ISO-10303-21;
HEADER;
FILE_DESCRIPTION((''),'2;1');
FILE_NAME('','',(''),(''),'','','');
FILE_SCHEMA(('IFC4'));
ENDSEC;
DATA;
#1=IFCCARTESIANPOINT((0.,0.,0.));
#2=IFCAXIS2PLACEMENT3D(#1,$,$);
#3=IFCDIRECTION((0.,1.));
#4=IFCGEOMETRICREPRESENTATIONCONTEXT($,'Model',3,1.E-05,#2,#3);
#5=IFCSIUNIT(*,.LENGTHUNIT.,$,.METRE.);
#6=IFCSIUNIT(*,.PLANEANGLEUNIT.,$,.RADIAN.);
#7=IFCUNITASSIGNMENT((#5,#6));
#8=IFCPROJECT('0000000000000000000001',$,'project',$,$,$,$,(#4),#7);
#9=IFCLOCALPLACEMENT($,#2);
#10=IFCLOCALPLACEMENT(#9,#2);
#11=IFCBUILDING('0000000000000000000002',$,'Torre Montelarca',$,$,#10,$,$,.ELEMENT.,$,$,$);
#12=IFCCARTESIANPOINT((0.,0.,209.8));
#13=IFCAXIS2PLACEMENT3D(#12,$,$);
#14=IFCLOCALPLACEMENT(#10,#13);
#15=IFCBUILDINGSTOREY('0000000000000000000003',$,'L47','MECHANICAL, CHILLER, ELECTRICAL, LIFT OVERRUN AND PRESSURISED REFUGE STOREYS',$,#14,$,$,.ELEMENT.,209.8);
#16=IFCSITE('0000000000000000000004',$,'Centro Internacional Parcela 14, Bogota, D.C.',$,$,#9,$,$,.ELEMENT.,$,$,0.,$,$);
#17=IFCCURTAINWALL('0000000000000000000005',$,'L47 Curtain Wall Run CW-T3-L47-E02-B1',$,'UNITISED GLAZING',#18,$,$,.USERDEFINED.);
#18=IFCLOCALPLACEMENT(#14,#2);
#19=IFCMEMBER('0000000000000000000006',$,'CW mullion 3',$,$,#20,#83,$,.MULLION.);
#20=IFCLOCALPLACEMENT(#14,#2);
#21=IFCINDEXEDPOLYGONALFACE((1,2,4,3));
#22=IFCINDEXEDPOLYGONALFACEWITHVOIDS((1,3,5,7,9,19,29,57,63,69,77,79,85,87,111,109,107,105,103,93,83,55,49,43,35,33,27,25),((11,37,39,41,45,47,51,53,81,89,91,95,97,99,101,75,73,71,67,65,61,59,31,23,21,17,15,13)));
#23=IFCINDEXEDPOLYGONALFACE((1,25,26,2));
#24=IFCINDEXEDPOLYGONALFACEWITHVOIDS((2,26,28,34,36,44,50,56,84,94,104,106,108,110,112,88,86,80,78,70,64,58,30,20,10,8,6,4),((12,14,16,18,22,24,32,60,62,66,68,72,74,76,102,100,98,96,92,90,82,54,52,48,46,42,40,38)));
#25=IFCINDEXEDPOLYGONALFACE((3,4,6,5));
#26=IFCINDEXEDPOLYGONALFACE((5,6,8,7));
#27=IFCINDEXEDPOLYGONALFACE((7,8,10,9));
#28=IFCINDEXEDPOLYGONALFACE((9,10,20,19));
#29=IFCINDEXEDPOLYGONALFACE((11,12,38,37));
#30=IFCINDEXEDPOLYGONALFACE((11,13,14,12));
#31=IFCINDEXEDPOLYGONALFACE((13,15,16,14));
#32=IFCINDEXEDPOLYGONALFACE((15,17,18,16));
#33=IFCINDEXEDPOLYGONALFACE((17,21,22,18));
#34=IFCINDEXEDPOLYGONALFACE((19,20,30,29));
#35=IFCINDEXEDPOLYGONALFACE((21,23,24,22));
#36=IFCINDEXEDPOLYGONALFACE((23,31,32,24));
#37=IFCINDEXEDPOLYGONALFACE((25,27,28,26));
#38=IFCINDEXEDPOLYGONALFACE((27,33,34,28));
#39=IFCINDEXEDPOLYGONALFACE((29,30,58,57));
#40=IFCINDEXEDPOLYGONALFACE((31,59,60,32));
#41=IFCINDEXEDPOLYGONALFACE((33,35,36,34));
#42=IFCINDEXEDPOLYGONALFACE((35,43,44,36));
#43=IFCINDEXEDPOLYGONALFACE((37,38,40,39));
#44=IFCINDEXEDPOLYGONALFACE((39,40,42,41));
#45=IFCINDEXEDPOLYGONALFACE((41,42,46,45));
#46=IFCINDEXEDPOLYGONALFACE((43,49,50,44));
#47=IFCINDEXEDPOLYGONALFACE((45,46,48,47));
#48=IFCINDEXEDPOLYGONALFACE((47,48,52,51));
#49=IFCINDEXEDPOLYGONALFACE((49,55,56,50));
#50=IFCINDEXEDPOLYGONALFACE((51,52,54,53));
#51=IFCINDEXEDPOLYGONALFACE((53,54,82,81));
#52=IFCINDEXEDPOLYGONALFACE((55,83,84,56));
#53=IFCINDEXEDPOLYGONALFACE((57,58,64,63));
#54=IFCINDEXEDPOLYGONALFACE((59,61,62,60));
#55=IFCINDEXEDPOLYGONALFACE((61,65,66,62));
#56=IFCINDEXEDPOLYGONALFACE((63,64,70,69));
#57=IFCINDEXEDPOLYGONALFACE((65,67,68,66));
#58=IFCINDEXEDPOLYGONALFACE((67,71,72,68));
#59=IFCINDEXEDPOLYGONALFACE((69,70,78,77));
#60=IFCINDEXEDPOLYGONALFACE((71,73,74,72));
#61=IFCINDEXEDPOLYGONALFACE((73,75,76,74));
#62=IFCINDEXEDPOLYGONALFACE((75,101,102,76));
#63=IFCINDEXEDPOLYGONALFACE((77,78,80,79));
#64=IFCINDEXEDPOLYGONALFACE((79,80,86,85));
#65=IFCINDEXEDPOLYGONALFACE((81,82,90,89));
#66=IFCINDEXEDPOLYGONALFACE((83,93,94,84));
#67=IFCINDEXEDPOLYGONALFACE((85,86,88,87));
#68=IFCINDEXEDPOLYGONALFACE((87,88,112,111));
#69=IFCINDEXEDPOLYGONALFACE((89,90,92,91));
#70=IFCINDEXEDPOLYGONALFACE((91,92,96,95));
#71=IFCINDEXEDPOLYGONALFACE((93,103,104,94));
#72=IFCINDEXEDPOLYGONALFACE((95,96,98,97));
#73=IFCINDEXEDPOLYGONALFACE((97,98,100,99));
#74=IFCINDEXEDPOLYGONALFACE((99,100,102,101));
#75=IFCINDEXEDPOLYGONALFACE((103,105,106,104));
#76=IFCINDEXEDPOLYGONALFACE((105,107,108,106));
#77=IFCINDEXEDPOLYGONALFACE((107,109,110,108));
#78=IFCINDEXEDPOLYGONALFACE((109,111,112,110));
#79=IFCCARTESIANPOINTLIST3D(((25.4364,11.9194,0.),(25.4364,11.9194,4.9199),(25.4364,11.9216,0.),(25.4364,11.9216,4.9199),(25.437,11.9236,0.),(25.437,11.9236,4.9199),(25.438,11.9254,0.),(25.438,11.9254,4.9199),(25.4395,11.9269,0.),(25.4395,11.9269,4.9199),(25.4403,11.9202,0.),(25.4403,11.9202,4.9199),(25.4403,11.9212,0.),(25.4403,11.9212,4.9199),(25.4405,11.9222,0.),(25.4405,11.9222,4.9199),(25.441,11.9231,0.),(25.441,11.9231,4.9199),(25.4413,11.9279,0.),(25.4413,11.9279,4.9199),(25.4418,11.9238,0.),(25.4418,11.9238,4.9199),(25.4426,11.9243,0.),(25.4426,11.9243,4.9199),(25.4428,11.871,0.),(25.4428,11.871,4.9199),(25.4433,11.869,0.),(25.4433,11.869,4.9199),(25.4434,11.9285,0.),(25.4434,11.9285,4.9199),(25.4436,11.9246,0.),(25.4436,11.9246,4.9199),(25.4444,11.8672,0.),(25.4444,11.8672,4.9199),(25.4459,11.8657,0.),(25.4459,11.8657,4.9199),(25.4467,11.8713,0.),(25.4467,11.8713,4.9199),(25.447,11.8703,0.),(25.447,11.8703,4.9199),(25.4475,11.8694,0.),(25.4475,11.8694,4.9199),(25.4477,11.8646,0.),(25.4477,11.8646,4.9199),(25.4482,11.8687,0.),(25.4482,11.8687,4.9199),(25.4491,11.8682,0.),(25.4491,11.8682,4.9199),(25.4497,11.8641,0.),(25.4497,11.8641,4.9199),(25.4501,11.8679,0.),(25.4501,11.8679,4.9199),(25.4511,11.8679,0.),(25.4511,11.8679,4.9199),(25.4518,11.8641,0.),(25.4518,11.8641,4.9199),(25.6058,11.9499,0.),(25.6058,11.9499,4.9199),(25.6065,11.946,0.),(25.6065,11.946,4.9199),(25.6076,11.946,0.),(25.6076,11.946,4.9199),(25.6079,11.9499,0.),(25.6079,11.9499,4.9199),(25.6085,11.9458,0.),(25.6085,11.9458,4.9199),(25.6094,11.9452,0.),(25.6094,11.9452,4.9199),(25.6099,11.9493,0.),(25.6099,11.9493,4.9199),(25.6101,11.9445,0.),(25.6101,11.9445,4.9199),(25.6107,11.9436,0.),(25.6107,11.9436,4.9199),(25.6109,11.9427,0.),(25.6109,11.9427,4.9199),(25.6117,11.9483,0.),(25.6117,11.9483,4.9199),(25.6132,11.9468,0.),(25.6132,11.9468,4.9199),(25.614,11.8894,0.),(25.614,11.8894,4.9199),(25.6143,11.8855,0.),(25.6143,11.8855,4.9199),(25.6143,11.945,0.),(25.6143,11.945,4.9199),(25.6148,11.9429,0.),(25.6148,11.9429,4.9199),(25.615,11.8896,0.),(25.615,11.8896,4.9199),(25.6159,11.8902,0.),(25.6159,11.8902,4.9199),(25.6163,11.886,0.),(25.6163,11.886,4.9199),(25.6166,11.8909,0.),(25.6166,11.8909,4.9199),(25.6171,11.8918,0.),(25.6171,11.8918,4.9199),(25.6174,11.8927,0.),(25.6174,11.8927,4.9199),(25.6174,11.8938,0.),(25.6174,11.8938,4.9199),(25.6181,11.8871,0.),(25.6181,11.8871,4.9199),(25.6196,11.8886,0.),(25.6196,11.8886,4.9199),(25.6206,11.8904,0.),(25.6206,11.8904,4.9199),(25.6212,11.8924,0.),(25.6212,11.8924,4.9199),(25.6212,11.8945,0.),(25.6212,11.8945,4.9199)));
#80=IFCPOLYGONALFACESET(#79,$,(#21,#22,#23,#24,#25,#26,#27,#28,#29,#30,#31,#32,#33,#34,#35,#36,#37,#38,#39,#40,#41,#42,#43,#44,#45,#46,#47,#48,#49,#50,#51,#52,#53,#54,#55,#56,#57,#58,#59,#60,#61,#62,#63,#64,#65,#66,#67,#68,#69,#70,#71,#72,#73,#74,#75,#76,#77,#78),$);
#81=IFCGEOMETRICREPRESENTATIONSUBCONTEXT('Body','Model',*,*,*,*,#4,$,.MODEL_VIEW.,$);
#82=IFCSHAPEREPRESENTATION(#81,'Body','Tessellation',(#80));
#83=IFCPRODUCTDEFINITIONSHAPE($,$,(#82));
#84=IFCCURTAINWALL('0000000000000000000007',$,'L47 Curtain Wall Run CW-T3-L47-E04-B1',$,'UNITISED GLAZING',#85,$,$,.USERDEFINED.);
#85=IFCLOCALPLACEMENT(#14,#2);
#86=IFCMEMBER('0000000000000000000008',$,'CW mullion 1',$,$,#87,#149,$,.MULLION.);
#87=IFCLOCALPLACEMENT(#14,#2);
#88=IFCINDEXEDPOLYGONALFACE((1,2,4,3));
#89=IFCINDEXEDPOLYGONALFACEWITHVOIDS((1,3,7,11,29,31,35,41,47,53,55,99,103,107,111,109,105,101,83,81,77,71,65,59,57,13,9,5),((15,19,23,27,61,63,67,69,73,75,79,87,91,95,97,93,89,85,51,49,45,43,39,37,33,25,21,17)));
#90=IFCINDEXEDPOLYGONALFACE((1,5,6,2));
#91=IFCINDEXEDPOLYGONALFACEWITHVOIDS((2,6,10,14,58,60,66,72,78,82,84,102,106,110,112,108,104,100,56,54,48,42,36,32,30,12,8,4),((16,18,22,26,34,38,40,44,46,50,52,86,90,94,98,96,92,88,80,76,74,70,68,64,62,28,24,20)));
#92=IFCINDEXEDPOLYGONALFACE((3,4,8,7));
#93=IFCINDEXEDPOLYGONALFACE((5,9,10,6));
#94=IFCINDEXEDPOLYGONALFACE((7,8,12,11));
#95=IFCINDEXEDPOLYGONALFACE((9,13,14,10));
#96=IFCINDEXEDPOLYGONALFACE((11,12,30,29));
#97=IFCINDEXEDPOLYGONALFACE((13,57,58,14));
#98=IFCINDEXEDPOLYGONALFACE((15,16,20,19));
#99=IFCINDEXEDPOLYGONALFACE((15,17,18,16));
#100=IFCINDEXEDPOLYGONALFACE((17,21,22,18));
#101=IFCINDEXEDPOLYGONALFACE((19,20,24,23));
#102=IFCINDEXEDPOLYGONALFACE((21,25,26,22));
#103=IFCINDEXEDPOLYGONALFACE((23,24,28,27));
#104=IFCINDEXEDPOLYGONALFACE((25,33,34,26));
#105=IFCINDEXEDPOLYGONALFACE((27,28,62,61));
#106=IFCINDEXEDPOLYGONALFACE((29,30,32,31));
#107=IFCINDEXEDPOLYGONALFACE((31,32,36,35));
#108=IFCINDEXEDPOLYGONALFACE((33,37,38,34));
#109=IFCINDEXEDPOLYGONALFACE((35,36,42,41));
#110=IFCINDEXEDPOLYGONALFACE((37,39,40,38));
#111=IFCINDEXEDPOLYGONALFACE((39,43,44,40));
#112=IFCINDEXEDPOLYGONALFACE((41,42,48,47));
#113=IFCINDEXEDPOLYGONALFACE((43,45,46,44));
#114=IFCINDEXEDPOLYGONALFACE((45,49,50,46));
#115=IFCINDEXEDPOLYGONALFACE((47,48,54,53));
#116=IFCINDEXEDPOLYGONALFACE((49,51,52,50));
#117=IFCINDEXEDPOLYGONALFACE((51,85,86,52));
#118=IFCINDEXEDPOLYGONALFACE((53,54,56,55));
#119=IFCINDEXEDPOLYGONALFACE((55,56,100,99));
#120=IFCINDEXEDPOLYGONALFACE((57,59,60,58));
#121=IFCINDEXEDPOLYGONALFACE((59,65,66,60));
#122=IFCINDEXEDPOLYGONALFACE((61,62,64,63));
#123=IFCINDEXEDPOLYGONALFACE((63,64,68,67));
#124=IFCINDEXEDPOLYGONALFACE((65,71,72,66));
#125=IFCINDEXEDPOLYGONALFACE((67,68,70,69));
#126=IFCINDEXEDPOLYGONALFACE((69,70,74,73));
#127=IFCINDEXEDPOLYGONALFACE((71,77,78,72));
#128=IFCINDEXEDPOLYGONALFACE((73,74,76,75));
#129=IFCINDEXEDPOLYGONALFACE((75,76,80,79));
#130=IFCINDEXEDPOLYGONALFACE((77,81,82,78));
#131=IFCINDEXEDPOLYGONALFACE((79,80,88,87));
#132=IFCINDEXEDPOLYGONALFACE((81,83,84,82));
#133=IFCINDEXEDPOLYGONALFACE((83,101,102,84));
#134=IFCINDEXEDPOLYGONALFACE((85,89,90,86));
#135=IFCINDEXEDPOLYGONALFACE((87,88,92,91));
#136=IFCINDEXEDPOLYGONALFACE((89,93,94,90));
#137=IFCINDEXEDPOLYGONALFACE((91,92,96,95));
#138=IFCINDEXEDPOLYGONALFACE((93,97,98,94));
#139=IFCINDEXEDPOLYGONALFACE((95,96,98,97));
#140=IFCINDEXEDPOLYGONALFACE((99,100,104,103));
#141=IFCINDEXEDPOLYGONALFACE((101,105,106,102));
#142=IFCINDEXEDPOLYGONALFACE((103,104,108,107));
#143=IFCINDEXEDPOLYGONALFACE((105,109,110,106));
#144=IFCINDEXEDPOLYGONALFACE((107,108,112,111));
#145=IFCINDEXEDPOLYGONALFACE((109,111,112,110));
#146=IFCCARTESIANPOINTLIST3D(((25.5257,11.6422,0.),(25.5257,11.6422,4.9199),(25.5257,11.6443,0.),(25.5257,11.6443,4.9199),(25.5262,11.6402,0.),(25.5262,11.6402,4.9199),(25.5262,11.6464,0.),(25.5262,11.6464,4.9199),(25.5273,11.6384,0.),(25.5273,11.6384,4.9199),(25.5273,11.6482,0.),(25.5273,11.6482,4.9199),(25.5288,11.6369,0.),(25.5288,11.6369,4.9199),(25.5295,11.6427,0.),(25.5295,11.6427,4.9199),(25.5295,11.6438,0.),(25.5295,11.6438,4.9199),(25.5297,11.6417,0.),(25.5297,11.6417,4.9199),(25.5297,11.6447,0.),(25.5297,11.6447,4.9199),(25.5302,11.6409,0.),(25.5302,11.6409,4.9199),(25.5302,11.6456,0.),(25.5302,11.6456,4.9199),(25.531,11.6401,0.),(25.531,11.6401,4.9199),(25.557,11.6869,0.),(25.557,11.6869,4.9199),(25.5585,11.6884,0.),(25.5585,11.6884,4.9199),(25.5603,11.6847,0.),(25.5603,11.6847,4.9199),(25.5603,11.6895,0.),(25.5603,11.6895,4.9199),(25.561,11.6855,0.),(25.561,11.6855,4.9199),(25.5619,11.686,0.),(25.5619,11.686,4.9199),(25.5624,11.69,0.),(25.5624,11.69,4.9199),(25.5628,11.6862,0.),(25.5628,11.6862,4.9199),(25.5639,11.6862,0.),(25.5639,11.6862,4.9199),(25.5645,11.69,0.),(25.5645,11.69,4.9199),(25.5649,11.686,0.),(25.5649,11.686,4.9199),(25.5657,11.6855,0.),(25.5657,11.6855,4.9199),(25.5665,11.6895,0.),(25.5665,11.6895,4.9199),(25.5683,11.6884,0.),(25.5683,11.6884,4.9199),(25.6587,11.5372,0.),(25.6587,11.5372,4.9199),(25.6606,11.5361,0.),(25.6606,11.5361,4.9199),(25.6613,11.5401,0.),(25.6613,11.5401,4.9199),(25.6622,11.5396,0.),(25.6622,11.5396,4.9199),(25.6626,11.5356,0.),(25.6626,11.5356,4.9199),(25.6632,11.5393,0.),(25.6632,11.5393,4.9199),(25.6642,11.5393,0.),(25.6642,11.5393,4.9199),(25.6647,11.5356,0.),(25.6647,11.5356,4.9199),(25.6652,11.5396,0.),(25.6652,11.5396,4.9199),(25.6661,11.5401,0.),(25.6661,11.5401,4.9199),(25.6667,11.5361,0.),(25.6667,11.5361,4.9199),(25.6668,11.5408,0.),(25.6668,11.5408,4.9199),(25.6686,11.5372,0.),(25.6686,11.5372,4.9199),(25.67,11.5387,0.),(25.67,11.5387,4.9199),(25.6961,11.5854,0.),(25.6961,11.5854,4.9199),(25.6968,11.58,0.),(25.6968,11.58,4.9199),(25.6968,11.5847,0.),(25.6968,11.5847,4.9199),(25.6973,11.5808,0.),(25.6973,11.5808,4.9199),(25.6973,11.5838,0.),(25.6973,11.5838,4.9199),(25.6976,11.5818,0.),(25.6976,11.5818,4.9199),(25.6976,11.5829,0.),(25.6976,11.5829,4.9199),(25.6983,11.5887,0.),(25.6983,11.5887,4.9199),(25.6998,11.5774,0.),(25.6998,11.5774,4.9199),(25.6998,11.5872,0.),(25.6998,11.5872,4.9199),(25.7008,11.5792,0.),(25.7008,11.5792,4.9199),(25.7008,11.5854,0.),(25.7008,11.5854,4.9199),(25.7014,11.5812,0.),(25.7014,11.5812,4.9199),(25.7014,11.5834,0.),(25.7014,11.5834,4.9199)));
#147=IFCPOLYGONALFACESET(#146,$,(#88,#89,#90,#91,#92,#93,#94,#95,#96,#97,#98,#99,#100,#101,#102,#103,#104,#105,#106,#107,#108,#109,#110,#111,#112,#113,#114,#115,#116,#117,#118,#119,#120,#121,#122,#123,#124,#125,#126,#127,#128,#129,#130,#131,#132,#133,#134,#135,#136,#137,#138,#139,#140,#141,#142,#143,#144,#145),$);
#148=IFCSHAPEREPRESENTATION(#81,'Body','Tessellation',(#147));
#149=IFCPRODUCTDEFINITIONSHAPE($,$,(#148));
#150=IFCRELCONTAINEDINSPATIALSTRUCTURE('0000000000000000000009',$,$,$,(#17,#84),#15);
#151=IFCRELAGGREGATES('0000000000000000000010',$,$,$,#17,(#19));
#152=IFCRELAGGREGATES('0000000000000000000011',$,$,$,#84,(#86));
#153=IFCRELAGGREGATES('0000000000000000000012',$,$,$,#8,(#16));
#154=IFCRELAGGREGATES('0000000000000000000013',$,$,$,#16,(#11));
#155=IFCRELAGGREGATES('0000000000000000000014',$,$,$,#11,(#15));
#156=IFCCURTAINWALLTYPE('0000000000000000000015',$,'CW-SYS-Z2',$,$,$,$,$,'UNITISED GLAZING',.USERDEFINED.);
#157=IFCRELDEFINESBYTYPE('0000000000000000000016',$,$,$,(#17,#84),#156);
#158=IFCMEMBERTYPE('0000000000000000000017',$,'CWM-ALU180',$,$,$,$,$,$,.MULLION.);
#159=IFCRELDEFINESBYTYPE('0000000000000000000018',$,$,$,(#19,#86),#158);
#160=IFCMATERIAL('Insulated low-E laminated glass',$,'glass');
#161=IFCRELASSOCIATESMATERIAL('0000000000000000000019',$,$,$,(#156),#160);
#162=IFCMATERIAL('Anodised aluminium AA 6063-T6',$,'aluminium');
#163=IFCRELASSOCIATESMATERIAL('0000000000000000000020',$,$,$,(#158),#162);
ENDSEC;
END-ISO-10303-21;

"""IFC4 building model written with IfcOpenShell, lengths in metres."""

from ifc_helpers import new_model, si_unit, direction, frame, origin, origin_2d, place, context, subcontext, project, spatial, hollow_rectangle, extrude, source, transform, mapped, material, material_profile, profile_set, type_object, element, aggregate, save


model = new_model("IFC4")

# Units and contexts
model_context = context("Model", 3, precision=1e-05, world=origin(), true_north=direction((0.0, 1.0)))
body_context = subcontext(model_context, "Body", "Model", "MODEL_VIEW")
ifc_project = project(units=[si_unit("LENGTHUNIT", "METRE"), si_unit("PLANEANGLEUNIT", "RADIAN")], contexts=[model_context])

# Site, building, storey
site_placement = place(None, origin())
site = spatial("IfcSite", under=ifc_project, at=site_placement, Name="Centro Internacional Parcela 14, Bogota, D.C.", CompositionType="ELEMENT", RefElevation=0.0)
building_placement = place(site_placement, origin())
building = spatial("IfcBuilding", under=site, at=building_placement, Name="Torre Montelarca", CompositionType="ELEMENT")
storey_placement = place(building_placement, frame((0.0, 0.0, 209.8)))
storey = spatial("IfcBuildingStorey", under=building, at=storey_placement, Name="L47", Description="MECHANICAL, CHILLER, ELECTRICAL, LIFT OVERRUN AND PRESSURISED REFUGE STOREYS", CompositionType="ELEMENT", Elevation=209.8)

# Shared definitions
ifc_material_1 = material(Name="Insulated low-E laminated glass", Category="glass")
curtain_wall_type = type_object("IfcCurtainWallType", Name="CW-SYS-Z2", ElementType="UNITISED GLAZING", PredefinedType="USERDEFINED", material=ifc_material_1)
ifc_material_2 = material(Name="Anodised aluminium AA 6063-T6", Category="aluminium")

# Curtain wall, member
curtain_wall_1_placement = place(storey_placement, origin())
curtain_wall_1 = element("IfcCurtainWall", 1, at=curtain_wall_1_placement, inside=storey, type_object=curtain_wall_type, Name="L47 Curtain Wall Run CW-T3-L47-E02-B1", ObjectType="UNITISED GLAZING", PredefinedType="USERDEFINED")
ifc_material_profile_1 = material_profile(ifc_material_2, hollow_rectangle(XDim=0.0649, YDim=0.1799, WallThickness=0.0039, InnerFilletRadius=0.0039, OuterFilletRadius=0.0081, at=origin_2d()), Name="ALU65X180X4", Category="aluminium")
ifc_profile_set_1 = profile_set([ifc_material_profile_1], Name="Anodised aluminium AA 6063-T6")
member_type_1 = type_object("IfcMemberType", Name="CWM-ALU180", PredefinedType="MULLION", material=ifc_profile_set_1)
shared_shape_1 = source(origin(), body_context, "Body", "SweptSolid", [
    extrude(hollow_rectangle(XDim=0.0649, YDim=0.1799, WallThickness=0.0039, InnerFilletRadius=0.0039, OuterFilletRadius=0.0081, at=origin_2d()), origin(), (0.0, 0.0, 1.0), 4.9199),
])
member_1_placement = place(storey_placement, frame((25.5288, 11.907, 0.0), z_axis=(0.0, 0.0, 1.0), x_axis=(-0.130495, 0.991449, 0.0)))
member_1 = element("IfcMember", 2, at=member_1_placement, type_object=member_type_1, Name="CW mullion 3", PredefinedType="MULLION", context=body_context, shape_type="MappedRepresentation", body=[
    mapped(shared_shape_1, transform((0.0, 0.0, 0.0), scale=1.0)),
])
aggregate(curtain_wall_1, [member_1])

# Curtain wall, member
curtain_wall_2_placement = place(storey_placement, origin())
curtain_wall_2 = element("IfcCurtainWall", 3, at=curtain_wall_2_placement, inside=storey, type_object=curtain_wall_type, Name="L47 Curtain Wall Run CW-T3-L47-E04-B1", ObjectType="UNITISED GLAZING", PredefinedType="USERDEFINED")
member_2_placement = place(storey_placement, frame((25.6135, 11.6128, 0.0), z_axis=(0.0, 0.0, 1.0), x_axis=(0.608758, 0.793356, 0.0)))
member_2 = element("IfcMember", 4, at=member_2_placement, type_object=member_type_1, Name="CW mullion 1", PredefinedType="MULLION", context=body_context, shape_type="MappedRepresentation", body=[
    mapped(shared_shape_1, transform((0.0, 0.0, 0.0), scale=1.0)),
])

aggregate(curtain_wall_2, [member_2])

save(model, "model.ifc")
